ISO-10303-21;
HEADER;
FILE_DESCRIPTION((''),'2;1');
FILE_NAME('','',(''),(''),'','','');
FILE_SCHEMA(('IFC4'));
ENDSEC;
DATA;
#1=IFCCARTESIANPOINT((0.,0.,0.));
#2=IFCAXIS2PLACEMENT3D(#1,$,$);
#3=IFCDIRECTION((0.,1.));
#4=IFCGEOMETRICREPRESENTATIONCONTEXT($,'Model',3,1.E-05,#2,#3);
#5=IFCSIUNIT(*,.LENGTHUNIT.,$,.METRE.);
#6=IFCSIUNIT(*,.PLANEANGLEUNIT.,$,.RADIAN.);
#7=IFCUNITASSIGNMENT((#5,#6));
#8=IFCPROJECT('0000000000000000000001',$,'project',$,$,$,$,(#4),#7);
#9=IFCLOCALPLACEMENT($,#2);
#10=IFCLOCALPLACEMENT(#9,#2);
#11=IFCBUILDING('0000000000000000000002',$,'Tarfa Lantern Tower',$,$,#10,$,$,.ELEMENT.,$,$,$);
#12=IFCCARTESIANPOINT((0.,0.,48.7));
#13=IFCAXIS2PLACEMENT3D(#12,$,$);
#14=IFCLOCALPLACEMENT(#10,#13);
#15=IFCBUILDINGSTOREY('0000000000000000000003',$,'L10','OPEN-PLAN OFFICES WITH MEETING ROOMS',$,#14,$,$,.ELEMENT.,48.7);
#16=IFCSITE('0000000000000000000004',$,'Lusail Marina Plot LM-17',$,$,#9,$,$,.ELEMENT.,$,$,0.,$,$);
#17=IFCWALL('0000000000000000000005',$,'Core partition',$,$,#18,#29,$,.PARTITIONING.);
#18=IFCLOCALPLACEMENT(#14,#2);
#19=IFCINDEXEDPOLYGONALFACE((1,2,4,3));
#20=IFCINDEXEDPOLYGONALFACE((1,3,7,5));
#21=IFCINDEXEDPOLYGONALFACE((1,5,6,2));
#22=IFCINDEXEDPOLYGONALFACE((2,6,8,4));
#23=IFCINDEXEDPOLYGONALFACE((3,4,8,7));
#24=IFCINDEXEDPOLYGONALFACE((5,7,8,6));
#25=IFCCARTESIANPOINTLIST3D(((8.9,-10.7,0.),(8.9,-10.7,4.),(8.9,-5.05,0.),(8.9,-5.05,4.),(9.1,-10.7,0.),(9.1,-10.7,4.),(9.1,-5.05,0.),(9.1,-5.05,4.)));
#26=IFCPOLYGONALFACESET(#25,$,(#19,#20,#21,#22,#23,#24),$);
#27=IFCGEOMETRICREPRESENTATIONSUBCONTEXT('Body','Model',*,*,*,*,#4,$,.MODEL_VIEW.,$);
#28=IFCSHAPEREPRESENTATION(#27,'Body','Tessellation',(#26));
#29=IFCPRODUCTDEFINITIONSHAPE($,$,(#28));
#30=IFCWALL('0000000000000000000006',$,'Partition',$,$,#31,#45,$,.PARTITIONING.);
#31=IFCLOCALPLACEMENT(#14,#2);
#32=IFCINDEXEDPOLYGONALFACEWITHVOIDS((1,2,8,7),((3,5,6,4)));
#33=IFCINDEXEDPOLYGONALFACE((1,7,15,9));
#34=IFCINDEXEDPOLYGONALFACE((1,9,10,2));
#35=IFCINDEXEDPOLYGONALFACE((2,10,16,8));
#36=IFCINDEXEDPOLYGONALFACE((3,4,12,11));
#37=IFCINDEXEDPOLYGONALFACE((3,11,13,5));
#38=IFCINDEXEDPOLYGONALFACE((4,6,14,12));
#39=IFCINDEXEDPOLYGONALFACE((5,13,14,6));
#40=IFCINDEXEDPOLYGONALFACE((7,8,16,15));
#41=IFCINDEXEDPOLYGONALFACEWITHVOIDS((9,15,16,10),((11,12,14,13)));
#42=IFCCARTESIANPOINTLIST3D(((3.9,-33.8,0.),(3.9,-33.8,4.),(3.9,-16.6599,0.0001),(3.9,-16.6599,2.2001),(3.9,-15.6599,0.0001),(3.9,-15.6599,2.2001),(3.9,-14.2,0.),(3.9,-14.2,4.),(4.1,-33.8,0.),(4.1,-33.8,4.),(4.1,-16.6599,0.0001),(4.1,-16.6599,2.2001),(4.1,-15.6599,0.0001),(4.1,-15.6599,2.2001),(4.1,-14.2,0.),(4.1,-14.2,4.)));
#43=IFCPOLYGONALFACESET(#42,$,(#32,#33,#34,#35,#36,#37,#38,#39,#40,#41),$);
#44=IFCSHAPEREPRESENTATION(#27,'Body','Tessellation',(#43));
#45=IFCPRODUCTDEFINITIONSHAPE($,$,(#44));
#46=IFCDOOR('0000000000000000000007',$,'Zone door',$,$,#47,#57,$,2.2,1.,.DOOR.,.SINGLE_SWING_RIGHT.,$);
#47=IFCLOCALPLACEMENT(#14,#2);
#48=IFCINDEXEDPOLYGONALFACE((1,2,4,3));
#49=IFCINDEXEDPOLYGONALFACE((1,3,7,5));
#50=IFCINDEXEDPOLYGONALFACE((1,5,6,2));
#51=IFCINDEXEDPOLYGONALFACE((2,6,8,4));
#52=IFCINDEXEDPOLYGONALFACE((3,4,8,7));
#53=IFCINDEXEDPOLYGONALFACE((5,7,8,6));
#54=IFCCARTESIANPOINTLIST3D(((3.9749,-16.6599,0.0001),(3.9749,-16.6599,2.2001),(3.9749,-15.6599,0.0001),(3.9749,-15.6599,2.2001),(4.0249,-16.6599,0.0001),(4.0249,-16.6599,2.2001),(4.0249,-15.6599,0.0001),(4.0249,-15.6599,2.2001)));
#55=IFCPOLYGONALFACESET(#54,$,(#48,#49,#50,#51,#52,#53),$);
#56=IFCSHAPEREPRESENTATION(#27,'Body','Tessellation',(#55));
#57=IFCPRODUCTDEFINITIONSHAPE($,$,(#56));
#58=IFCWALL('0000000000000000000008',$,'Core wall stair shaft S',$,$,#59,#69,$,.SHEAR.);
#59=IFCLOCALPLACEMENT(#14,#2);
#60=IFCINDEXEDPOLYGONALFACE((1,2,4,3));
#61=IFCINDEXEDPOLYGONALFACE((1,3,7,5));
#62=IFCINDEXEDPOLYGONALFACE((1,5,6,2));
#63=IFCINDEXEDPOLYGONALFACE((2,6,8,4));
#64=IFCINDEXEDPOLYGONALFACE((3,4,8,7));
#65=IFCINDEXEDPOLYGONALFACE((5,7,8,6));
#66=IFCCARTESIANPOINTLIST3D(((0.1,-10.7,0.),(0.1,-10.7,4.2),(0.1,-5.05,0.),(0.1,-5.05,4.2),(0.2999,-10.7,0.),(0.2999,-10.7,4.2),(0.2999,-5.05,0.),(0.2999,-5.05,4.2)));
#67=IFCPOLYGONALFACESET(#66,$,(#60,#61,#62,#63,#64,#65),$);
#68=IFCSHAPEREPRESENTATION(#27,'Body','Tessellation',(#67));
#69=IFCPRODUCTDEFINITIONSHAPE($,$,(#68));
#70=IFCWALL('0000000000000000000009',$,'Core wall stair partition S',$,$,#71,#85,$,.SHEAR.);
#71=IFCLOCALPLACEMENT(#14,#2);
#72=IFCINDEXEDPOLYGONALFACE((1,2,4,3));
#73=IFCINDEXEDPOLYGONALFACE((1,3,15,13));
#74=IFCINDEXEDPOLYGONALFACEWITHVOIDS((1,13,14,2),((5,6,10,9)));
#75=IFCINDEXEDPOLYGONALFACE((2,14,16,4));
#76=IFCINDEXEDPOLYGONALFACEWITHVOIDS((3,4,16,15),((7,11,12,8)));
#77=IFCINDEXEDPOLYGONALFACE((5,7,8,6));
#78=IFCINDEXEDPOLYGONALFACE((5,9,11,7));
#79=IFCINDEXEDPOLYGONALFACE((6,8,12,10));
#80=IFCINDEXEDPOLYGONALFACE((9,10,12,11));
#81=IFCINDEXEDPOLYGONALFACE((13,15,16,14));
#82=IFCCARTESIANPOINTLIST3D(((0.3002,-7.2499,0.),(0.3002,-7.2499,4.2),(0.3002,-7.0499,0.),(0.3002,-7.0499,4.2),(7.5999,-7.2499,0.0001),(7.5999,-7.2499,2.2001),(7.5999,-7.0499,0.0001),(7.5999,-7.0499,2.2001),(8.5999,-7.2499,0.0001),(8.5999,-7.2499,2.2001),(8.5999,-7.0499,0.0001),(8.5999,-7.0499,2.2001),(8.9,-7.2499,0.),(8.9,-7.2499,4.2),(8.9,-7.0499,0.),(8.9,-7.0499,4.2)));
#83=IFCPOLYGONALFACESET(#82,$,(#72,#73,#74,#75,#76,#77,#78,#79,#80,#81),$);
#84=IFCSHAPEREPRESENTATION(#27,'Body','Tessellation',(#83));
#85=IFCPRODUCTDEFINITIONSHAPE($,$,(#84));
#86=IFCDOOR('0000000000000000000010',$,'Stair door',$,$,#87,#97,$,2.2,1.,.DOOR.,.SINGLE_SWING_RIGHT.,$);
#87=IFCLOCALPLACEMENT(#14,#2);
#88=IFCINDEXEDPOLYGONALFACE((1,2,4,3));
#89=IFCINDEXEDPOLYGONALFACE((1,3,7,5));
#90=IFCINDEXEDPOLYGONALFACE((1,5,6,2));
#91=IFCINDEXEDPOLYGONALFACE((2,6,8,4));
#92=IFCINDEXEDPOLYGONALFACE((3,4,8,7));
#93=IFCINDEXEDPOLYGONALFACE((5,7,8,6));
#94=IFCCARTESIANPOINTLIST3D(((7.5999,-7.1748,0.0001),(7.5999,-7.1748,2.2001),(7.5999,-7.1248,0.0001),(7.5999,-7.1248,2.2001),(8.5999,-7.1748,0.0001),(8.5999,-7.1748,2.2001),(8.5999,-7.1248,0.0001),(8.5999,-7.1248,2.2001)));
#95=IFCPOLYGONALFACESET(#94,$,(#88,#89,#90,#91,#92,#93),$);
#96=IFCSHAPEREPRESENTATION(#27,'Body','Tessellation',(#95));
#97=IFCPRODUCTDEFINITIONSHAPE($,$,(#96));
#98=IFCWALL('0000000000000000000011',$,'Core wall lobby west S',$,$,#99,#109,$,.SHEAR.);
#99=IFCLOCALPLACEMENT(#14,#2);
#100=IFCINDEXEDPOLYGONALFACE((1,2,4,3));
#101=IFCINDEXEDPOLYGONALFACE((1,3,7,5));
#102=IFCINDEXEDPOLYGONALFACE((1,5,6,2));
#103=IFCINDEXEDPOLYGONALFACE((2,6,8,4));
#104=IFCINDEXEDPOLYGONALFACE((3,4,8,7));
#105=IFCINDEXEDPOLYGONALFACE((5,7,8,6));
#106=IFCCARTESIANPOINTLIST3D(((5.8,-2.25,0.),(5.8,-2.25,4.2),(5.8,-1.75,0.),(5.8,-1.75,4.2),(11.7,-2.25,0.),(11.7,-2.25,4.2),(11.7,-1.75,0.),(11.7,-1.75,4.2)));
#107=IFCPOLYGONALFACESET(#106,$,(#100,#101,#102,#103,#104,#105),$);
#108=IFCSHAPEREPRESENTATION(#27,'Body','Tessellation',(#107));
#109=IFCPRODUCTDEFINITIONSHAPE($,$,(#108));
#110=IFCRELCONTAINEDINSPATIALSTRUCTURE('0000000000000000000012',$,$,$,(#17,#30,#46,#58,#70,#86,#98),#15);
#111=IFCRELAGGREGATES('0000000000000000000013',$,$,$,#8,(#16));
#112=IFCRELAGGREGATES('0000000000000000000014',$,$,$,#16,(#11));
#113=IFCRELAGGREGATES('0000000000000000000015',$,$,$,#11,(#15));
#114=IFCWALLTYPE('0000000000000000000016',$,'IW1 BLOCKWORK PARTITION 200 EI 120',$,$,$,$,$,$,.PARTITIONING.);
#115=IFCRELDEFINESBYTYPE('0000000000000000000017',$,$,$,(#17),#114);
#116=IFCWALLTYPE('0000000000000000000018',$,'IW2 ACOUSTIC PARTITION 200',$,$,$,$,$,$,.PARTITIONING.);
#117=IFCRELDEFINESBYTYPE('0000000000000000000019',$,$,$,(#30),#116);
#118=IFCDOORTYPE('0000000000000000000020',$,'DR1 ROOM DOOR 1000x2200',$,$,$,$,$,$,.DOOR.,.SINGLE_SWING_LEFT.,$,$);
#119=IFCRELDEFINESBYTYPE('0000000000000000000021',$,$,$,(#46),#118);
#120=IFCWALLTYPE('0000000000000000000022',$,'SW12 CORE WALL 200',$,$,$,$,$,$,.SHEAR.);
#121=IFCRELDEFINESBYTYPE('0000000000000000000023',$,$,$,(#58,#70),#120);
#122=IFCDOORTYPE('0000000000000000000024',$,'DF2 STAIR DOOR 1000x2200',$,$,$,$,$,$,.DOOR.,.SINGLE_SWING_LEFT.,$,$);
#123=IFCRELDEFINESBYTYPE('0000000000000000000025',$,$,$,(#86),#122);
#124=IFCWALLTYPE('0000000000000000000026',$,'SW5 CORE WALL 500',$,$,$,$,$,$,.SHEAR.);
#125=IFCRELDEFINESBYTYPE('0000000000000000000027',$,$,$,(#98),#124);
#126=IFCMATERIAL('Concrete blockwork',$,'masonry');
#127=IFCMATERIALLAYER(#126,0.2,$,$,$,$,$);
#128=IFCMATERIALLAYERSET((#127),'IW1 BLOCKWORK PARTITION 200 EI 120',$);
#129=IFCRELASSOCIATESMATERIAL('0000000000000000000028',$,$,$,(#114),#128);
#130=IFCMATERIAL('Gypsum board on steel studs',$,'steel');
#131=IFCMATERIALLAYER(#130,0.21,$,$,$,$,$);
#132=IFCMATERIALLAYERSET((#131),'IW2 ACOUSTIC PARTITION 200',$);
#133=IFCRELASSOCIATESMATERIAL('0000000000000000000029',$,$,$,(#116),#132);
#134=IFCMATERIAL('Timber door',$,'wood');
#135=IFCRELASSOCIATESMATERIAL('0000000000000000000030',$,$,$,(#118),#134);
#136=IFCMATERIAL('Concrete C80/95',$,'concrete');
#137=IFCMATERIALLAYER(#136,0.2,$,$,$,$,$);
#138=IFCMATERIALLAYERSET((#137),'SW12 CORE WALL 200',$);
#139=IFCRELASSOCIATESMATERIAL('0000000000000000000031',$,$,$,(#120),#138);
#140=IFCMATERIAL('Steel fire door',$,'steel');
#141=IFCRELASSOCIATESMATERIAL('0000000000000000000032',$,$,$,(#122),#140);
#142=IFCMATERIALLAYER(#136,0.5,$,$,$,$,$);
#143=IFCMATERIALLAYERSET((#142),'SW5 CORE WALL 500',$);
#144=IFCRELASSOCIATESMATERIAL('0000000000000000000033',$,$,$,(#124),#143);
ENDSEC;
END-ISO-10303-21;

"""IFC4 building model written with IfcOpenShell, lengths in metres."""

from ifc_helpers import new_model, si_unit, direction, frame, frame_2d, origin, place, context, subcontext, project, spatial, rectangle, extrude, material, layer, layer_set, type_object, element, fill, save


model = new_model("IFC4")

# Units and contexts
model_context = context("Model", 3, precision=1e-05, world=origin(), true_north=direction((0.0, 1.0)))
body_context = subcontext(model_context, "Body", "Model", "MODEL_VIEW")
ifc_project = project(units=[si_unit("LENGTHUNIT", "METRE"), si_unit("PLANEANGLEUNIT", "RADIAN")], contexts=[model_context])

# Site, building, storey
site_placement = place(None, origin())
site = spatial("IfcSite", under=ifc_project, at=site_placement, Name="Lusail Marina Plot LM-17", CompositionType="ELEMENT", RefElevation=0.0)
building_placement = place(site_placement, origin())
building = spatial("IfcBuilding", under=site, at=building_placement, Name="Tarfa Lantern Tower", CompositionType="ELEMENT")
storey_placement = place(building_placement, frame((0.0, 0.0, 48.7)))
storey = spatial("IfcBuildingStorey", under=building, at=storey_placement, Name="L10", Description="OPEN-PLAN OFFICES WITH MEETING ROOMS", CompositionType="ELEMENT", Elevation=48.7)

# Wall
ifc_material_1 = material(Name="Concrete blockwork", Category="masonry")
ifc_layer_1 = layer(ifc_material_1, 0.2)
ifc_layer_set_1 = layer_set([ifc_layer_1], Name="IW1 BLOCKWORK PARTITION 200 EI 120")
wall_type_1 = type_object("IfcWallType", Name="IW1 BLOCKWORK PARTITION 200 EI 120", PredefinedType="PARTITIONING", material=ifc_layer_set_1)
wall_1_placement = place(storey_placement, frame((9.0, -5.05, 0.0), z_axis=(0.0, 0.0, 1.0), x_axis=(0.0, -1.0, 0.0)))
element("IfcWall", 1, at=wall_1_placement, inside=storey, type_object=wall_type_1, Name="Core partition", PredefinedType="PARTITIONING", context=body_context, shape_type="SweptSolid", body=[
    extrude(rectangle(XDim=5.6499, YDim=0.2, at=frame_2d((2.825, 0.0))), origin(), (0.0, 0.0, 1.0), 4.0),
])

# Wall, opening, door
ifc_material_2 = material(Name="Gypsum board on steel studs", Category="steel")
ifc_layer_2 = layer(ifc_material_2, 0.21)
ifc_layer_set_2 = layer_set([ifc_layer_2], Name="IW2 ACOUSTIC PARTITION 200")
wall_type_2 = type_object("IfcWallType", Name="IW2 ACOUSTIC PARTITION 200", PredefinedType="PARTITIONING", material=ifc_layer_set_2)
wall_2_placement = place(storey_placement, frame((4.0, -14.2, 0.0), z_axis=(0.0, 0.0, 1.0), x_axis=(0.0, -1.0, 0.0)))
wall_2 = element("IfcWall", 2, at=wall_2_placement, inside=storey, type_object=wall_type_2, Name="Partition", PredefinedType="PARTITIONING", context=body_context, shape_type="SweptSolid", body=[
    extrude(rectangle(XDim=19.6001, YDim=0.2, at=frame_2d((9.8, 0.0))), origin(), (0.0, 0.0, 1.0), 4.0),
])
opening_1_placement = place(wall_2_placement, frame((1.46, 0.0, 0.0)))
opening_1 = element("IfcOpeningElement", 3, at=opening_1_placement, cuts=wall_2, PredefinedType="OPENING", context=body_context, shape_type="SweptSolid", body=[
    extrude(rectangle(XDim=1.0, YDim=2.2, at=frame_2d((0.5, 1.1001))), frame((0.0, 0.1099, 0.0), z_axis=(0.0, -1.0, 0.0), x_axis=(1.0, 0.0, 0.0)), (0.0, 0.0, 1.0), 0.22),
])
ifc_material_3 = material(Name="Timber door", Category="wood")
door_type_1 = type_object("IfcDoorType", Name="DR1 ROOM DOOR 1000x2200", OperationType="SINGLE_SWING_LEFT", PredefinedType="DOOR", material=ifc_material_3)
door_1_placement = place(opening_1_placement, origin())
door_1 = element("IfcDoor", 4, at=door_1_placement, inside=storey, type_object=door_type_1, Name="Zone door", OperationType="SINGLE_SWING_RIGHT", OverallHeight=2.2, OverallWidth=1.0, PredefinedType="DOOR", context=body_context, shape_type="SweptSolid", body=[
    extrude(rectangle(XDim=1.0, YDim=2.2, at=frame_2d((0.5, 1.1001))), frame((0.0, 0.0249, 0.0), z_axis=(0.0, -1.0, 0.0), x_axis=(1.0, 0.0, 0.0)), (0.0, 0.0, 1.0), 0.05),
])
fill(opening_1, door_1)

# Wall
ifc_material_4 = material(Name="Concrete C80/95", Category="concrete")
ifc_layer_3 = layer(ifc_material_4, 0.2)
ifc_layer_set_3 = layer_set([ifc_layer_3], Name="SW12 CORE WALL 200")
wall_type_3 = type_object("IfcWallType", Name="SW12 CORE WALL 200", PredefinedType="SHEAR", material=ifc_layer_set_3)
wall_3_placement = place(storey_placement, frame((0.2, -5.05, 0.0), z_axis=(0.0, 0.0, 1.0), x_axis=(0.0, -1.0, 0.0)))
element("IfcWall", 5, at=wall_3_placement, inside=storey, type_object=wall_type_3, Name="Core wall stair shaft S", PredefinedType="SHEAR", context=body_context, shape_type="SweptSolid", body=[
    extrude(rectangle(XDim=5.6499, YDim=0.2, at=frame_2d((2.825, 0.0))), origin(), (0.0, 0.0, 1.0), 4.2),
])

# Wall, opening, door
wall_4_placement = place(storey_placement, frame((8.8999, -7.1499, 0.0), z_axis=(0.0, 0.0, 1.0), x_axis=(-1.0, 0.0, 0.0)))
wall_4 = element("IfcWall", 6, at=wall_4_placement, inside=storey, type_object=wall_type_3, Name="Core wall stair partition S", PredefinedType="SHEAR", context=body_context, shape_type="SweptSolid", body=[
    extrude(rectangle(XDim=8.5999, YDim=0.2, at=frame_2d((4.2998, 0.0))), origin(), (0.0, 0.0, 1.0), 4.2),
])
opening_2_placement = place(wall_4_placement, frame((0.3, 0.0, 0.0)))
opening_2 = element("IfcOpeningElement", 7, at=opening_2_placement, cuts=wall_4, PredefinedType="OPENING", context=body_context, shape_type="SweptSolid", body=[
    extrude(rectangle(XDim=1.0, YDim=2.2, at=frame_2d((0.5, 1.1001))), frame((0.0, 0.1099, 0.0), z_axis=(0.0, -1.0, 0.0), x_axis=(1.0, 0.0, 0.0)), (0.0, 0.0, 1.0), 0.22),
])
ifc_material_5 = material(Name="Steel fire door", Category="steel")
door_type_2 = type_object("IfcDoorType", Name="DF2 STAIR DOOR 1000x2200", OperationType="SINGLE_SWING_LEFT", PredefinedType="DOOR", material=ifc_material_5)
door_2_placement = place(opening_2_placement, origin())
door_2 = element("IfcDoor", 8, at=door_2_placement, inside=storey, type_object=door_type_2, Name="Stair door", OperationType="SINGLE_SWING_RIGHT", OverallHeight=2.2, OverallWidth=1.0, PredefinedType="DOOR", context=body_context, shape_type="SweptSolid", body=[
    extrude(rectangle(XDim=1.0, YDim=2.2, at=frame_2d((0.5, 1.1001))), frame((0.0, 0.0249, 0.0), z_axis=(0.0, -1.0, 0.0), x_axis=(1.0, 0.0, 0.0)), (0.0, 0.0, 1.0), 0.05),
])
fill(opening_2, door_2)

# Wall
ifc_layer_4 = layer(ifc_material_4, 0.5)
ifc_layer_set_4 = layer_set([ifc_layer_4], Name="SW5 CORE WALL 500")
wall_type_4 = type_object("IfcWallType", Name="SW5 CORE WALL 500", PredefinedType="SHEAR", material=ifc_layer_set_4)
wall_5_placement = place(storey_placement, frame((11.7, -2.0, 0.0), z_axis=(0.0, 0.0, 1.0), x_axis=(-1.0, 0.0, 0.0)))
element("IfcWall", 9, at=wall_5_placement, inside=storey, type_object=wall_type_4, Name="Core wall lobby west S", PredefinedType="SHEAR", context=body_context, shape_type="SweptSolid", body=[
    extrude(rectangle(XDim=5.8999, YDim=0.5, at=frame_2d((2.95, 0.0))), origin(), (0.0, 0.0, 1.0), 4.2),
])

save(model, "model.ifc")
